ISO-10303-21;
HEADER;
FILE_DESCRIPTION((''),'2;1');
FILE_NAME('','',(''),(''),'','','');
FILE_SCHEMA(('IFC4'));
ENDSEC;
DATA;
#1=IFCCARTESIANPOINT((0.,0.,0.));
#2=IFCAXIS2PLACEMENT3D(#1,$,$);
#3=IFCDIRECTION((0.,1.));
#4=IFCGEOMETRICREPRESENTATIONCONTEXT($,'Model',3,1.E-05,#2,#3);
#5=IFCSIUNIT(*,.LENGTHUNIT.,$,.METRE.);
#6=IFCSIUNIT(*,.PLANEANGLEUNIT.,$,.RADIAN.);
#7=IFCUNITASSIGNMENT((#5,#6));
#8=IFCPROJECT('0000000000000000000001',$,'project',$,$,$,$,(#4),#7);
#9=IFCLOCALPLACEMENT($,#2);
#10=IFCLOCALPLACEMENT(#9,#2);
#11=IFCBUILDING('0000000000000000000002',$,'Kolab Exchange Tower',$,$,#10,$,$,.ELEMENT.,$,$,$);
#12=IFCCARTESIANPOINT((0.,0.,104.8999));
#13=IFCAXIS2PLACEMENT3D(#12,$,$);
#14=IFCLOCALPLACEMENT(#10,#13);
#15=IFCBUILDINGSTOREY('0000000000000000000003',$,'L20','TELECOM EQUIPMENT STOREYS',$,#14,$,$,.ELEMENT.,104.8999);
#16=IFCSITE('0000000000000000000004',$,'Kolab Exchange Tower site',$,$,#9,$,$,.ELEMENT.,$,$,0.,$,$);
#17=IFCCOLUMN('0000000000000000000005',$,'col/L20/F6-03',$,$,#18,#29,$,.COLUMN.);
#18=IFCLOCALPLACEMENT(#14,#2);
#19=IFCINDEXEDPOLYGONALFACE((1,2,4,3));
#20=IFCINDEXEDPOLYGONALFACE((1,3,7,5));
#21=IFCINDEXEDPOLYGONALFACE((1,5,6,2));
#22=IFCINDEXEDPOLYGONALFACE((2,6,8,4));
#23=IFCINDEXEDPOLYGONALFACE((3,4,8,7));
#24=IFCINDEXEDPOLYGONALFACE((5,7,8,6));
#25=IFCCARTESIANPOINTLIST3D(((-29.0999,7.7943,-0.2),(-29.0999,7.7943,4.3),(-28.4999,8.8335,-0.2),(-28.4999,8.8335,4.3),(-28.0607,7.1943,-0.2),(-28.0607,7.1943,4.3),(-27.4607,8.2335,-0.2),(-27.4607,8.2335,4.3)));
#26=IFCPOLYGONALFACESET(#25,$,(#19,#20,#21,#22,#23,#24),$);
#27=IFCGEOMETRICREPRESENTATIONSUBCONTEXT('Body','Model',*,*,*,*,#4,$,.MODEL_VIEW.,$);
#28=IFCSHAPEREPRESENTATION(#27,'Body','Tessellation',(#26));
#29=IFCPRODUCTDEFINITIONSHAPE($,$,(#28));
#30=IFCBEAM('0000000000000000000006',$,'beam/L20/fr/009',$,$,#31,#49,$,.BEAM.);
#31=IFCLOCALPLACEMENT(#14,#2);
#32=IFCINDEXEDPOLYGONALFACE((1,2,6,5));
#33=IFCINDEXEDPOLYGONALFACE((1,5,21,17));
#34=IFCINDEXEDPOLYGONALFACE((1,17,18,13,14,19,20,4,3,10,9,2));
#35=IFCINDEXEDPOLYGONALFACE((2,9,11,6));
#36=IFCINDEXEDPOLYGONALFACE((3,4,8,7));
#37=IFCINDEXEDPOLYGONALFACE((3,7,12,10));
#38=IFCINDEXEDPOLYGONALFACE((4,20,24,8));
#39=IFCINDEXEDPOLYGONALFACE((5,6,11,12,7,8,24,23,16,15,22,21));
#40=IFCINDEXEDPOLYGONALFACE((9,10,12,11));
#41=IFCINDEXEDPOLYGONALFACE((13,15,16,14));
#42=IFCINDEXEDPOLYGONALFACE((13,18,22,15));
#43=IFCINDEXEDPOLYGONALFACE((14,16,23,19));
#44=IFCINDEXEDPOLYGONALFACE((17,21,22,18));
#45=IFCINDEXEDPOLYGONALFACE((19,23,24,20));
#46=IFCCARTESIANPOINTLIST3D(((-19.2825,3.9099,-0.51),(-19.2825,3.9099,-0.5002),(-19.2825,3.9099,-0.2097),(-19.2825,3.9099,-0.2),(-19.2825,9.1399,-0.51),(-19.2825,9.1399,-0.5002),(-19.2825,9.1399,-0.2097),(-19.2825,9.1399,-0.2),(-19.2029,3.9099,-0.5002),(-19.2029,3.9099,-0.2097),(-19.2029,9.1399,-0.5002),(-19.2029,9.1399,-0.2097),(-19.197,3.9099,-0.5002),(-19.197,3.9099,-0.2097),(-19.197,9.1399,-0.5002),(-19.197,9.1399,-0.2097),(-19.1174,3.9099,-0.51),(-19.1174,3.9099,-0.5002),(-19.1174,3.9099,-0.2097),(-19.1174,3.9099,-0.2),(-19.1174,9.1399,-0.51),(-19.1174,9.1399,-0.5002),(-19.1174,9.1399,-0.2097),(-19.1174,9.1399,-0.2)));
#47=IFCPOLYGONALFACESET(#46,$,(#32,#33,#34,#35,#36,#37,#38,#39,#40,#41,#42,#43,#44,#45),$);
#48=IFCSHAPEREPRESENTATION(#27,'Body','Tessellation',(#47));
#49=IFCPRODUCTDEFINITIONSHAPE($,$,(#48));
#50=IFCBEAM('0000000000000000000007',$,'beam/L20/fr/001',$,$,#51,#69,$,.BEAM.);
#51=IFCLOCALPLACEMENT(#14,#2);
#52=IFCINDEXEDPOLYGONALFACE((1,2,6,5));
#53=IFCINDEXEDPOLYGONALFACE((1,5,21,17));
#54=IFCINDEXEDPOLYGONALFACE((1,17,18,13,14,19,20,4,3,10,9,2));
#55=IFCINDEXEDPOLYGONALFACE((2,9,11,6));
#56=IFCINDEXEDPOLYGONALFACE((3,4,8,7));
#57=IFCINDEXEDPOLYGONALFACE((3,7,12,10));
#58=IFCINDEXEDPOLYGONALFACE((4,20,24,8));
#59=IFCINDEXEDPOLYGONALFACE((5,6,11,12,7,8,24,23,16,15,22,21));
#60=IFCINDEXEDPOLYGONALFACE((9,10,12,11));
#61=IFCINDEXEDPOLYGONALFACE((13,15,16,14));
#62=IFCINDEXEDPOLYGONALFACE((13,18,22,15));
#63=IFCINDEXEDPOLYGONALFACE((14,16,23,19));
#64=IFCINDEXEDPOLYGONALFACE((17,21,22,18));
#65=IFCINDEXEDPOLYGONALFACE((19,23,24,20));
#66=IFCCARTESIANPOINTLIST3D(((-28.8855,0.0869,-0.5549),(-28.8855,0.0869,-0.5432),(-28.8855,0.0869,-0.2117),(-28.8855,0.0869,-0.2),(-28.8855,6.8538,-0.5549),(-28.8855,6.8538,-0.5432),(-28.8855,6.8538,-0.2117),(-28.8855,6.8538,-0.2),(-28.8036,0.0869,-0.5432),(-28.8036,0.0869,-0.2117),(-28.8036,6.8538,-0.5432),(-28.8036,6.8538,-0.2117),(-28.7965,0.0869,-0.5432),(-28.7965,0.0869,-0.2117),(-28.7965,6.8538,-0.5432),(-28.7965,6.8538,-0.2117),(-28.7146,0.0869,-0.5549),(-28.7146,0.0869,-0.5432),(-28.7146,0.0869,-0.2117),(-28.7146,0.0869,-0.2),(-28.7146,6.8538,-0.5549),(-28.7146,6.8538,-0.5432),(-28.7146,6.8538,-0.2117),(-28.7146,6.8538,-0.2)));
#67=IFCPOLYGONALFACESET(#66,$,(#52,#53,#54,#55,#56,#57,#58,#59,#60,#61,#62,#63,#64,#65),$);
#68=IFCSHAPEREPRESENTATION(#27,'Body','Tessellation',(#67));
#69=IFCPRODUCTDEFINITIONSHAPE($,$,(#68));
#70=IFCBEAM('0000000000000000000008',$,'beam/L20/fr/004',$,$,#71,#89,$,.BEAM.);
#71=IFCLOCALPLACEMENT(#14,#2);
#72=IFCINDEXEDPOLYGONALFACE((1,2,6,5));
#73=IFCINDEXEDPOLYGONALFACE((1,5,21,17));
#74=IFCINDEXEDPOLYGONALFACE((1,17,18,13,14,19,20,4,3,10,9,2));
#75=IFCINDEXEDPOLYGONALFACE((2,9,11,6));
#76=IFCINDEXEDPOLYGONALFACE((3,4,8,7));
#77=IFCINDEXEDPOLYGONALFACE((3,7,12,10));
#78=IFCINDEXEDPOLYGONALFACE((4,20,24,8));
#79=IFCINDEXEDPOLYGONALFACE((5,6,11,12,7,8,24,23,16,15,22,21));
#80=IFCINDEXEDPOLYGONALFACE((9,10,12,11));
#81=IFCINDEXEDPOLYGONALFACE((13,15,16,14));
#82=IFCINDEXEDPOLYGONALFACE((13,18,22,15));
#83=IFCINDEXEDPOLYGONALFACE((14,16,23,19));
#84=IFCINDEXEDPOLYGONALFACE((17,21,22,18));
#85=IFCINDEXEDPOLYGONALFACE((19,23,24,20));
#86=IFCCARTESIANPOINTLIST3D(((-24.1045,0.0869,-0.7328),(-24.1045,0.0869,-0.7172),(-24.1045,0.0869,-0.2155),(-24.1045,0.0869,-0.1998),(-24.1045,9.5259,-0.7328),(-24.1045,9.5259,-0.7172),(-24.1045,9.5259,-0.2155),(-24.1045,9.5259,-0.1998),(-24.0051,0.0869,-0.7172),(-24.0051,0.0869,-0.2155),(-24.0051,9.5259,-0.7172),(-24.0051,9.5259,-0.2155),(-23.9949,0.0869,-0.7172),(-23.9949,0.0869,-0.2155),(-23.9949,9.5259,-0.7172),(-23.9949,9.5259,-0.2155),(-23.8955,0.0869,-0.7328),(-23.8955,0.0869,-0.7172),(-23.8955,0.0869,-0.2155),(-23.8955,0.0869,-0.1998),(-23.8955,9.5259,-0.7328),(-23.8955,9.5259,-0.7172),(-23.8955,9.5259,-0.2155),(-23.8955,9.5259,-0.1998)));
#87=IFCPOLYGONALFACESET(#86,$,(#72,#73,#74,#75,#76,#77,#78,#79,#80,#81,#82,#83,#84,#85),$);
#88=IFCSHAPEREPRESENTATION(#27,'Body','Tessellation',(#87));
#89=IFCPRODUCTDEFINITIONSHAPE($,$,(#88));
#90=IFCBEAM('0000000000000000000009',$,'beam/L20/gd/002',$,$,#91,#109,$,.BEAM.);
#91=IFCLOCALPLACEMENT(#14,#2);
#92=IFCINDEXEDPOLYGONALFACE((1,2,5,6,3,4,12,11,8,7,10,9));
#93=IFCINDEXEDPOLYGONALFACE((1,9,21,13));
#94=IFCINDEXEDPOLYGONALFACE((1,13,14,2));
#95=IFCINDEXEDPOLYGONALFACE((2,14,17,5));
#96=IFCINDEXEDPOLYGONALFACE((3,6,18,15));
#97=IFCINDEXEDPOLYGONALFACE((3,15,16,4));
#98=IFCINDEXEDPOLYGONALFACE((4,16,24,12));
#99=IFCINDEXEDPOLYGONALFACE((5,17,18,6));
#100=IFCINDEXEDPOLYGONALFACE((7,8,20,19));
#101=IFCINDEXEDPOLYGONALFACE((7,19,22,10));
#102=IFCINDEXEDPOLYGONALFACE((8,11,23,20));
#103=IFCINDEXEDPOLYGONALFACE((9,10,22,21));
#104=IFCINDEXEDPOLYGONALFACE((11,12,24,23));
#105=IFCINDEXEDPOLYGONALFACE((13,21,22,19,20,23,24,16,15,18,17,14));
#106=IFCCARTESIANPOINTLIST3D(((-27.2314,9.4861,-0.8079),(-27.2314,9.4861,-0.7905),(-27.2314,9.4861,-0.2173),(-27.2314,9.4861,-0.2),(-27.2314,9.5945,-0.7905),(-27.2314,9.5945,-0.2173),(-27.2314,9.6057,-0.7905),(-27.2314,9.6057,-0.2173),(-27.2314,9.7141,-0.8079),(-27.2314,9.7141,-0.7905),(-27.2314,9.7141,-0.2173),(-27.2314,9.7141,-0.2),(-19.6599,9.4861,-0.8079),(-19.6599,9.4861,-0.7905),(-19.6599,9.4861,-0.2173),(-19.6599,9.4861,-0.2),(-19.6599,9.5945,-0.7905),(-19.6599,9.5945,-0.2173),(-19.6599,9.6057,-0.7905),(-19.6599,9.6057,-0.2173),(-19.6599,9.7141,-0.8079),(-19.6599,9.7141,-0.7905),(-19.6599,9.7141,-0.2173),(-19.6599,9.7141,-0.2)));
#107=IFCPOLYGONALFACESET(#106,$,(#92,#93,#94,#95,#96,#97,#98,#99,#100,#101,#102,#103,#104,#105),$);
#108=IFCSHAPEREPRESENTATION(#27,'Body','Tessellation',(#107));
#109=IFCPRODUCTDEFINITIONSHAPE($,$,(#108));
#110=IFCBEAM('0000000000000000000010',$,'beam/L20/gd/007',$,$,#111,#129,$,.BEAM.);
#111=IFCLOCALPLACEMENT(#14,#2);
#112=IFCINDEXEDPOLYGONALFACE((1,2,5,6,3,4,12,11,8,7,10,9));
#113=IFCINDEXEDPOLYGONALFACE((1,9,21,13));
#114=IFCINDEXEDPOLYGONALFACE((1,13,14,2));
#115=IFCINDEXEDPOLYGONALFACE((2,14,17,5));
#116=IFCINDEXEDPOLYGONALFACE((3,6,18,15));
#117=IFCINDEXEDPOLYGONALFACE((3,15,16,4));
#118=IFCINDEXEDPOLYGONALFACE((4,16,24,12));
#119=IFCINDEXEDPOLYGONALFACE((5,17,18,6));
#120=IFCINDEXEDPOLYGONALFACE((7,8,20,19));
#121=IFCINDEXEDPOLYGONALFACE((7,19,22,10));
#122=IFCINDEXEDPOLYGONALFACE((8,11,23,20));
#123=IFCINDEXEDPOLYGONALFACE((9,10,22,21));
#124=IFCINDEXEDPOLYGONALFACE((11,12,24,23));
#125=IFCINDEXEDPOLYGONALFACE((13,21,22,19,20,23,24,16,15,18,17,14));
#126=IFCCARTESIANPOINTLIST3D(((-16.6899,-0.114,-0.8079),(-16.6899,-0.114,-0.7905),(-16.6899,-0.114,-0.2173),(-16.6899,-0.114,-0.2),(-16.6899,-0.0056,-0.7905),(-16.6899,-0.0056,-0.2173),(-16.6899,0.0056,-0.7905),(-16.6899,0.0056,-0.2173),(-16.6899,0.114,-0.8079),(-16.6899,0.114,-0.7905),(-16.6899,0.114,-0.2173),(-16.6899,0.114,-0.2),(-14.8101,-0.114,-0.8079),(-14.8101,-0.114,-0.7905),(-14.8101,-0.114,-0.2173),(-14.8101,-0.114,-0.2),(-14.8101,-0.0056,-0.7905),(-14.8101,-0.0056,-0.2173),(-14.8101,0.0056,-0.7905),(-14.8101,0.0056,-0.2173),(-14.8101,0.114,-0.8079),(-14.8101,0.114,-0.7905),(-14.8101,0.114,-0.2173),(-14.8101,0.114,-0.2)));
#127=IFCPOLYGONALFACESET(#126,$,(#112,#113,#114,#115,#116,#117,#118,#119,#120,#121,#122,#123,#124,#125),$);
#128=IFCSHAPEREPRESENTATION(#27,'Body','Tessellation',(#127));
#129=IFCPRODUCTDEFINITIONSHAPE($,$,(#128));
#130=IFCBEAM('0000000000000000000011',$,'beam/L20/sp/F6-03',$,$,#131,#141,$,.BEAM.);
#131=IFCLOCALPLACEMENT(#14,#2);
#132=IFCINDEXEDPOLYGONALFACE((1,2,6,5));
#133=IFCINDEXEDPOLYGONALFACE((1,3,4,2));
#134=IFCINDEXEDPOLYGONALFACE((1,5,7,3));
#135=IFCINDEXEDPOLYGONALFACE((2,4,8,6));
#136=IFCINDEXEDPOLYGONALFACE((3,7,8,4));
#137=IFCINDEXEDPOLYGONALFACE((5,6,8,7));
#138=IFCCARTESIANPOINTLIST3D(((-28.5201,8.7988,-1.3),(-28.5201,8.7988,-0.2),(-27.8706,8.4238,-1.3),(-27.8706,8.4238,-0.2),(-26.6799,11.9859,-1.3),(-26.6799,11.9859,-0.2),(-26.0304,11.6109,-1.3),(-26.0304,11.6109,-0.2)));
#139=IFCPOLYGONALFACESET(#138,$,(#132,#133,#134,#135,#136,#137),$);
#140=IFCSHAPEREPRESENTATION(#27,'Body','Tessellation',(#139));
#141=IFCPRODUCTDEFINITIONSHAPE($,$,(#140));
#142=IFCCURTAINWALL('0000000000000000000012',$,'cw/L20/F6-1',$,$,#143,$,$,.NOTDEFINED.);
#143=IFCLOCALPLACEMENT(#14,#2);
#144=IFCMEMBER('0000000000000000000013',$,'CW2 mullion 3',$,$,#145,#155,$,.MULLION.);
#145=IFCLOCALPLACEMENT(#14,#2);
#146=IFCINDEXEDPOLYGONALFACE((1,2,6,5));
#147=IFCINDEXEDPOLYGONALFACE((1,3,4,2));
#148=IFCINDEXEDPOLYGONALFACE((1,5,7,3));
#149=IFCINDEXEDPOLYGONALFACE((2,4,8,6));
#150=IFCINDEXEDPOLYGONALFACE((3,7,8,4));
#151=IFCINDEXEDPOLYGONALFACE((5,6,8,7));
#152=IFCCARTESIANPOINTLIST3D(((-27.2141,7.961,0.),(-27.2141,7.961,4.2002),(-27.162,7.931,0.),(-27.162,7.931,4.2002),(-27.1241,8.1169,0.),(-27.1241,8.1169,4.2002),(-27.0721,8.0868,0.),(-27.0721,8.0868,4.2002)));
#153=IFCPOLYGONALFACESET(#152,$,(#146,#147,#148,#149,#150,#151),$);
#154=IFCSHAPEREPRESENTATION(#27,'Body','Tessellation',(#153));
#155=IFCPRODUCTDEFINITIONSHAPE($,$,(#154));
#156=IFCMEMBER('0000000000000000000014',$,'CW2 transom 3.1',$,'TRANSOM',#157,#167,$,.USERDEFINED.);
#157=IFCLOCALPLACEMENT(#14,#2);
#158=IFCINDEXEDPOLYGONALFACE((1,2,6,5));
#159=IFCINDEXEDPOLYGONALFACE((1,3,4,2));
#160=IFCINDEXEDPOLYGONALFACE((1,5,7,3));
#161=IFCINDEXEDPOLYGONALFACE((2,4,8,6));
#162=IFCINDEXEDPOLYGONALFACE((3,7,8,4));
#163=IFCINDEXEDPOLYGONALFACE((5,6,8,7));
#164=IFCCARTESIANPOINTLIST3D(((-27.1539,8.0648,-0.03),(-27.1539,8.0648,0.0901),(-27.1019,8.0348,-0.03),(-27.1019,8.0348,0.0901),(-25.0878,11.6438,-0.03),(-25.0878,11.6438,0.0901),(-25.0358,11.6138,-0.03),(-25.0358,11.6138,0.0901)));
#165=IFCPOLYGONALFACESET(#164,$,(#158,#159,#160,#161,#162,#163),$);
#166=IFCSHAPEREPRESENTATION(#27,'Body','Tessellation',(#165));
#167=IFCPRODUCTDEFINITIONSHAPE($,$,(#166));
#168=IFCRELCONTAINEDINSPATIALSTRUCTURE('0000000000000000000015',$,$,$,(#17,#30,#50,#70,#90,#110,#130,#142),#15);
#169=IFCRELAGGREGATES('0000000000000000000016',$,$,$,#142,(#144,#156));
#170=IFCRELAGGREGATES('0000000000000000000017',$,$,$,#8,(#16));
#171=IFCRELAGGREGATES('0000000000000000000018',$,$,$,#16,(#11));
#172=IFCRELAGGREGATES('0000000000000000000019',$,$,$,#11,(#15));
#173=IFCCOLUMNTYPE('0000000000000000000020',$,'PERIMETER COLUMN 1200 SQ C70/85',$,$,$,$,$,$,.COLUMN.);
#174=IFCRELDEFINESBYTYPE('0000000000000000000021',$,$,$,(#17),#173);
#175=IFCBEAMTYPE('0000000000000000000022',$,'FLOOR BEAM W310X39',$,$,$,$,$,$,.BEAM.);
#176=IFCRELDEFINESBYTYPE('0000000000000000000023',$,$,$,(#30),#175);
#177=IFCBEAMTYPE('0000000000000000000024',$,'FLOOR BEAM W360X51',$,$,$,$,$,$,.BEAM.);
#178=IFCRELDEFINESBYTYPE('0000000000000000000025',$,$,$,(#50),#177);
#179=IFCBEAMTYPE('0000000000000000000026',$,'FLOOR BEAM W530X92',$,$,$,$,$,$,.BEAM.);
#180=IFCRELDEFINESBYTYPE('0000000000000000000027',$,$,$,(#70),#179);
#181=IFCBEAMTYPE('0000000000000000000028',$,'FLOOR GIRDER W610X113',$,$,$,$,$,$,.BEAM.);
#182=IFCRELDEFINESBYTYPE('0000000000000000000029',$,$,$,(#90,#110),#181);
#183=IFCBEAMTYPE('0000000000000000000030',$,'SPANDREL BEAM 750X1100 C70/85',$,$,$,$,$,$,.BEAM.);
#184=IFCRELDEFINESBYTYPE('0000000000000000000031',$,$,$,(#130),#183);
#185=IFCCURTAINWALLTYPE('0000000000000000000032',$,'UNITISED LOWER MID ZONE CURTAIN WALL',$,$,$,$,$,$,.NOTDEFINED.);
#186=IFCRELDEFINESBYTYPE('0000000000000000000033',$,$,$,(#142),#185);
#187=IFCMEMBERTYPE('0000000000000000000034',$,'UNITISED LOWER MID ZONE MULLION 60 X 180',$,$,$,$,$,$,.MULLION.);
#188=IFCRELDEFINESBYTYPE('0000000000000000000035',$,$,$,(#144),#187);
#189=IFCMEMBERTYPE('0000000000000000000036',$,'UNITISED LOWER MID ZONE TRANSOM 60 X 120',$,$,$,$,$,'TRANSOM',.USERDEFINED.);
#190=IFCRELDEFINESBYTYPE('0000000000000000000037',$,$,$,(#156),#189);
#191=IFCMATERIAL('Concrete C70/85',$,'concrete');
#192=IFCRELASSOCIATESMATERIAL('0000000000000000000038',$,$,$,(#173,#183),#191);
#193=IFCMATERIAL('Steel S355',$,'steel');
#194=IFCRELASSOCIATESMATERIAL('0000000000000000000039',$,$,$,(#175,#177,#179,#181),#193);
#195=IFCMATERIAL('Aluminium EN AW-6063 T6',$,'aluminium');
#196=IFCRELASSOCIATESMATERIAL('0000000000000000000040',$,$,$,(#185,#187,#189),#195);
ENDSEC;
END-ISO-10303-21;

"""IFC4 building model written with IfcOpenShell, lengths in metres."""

from ifc_helpers import new_model, si_unit, direction, frame, origin, origin_2d, place, context, subcontext, project, spatial, rectangle, i_section, extrude, material, material_profile, profile_set, type_object, element, aggregate, save


model = new_model("IFC4")

# Units and contexts
model_context = context("Model", 3, precision=1e-05, world=origin(), true_north=direction((0.0, 1.0)))
body_context = subcontext(model_context, "Body", "Model", "MODEL_VIEW")
ifc_project = project(units=[si_unit("LENGTHUNIT", "METRE"), si_unit("PLANEANGLEUNIT", "RADIAN")], contexts=[model_context])

# Site, building, storey
site_placement = place(None, origin())
site = spatial("IfcSite", under=ifc_project, at=site_placement, Name="Kolab Exchange Tower site", CompositionType="ELEMENT", RefElevation=0.0)
building_placement = place(site_placement, origin())
building = spatial("IfcBuilding", under=site, at=building_placement, Name="Kolab Exchange Tower", CompositionType="ELEMENT")
storey_placement = place(building_placement, frame((0.0, 0.0, 104.8999)))
storey = spatial("IfcBuildingStorey", under=building, at=storey_placement, Name="L20", Description="TELECOM EQUIPMENT STOREYS", CompositionType="ELEMENT", Elevation=104.8999)

# Column
ifc_material_1 = material(Name="Concrete C70/85", Category="concrete")
ifc_material_profile_1 = material_profile(ifc_material_1, rectangle(XDim=1.2, YDim=1.2, at=origin_2d()), Name="RC1200")
ifc_profile_set_1 = profile_set([ifc_material_profile_1], Name="Concrete C70/85")
column_type = type_object("IfcColumnType", Name="PERIMETER COLUMN 1200 SQ C70/85", PredefinedType="COLUMN", material=ifc_profile_set_1)
column_placement = place(storey_placement, frame((-28.2803, 8.0139, -0.2), z_axis=(0.0, 0.0, 1.0), x_axis=(0.5, 0.866025, 0.0)))
element("IfcColumn", 1, at=column_placement, inside=storey, type_object=column_type, Name="col/L20/F6-03", PredefinedType="COLUMN", context=body_context, shape_type="SweptSolid", body=[
    extrude(rectangle(XDim=1.2, YDim=1.2, at=origin_2d()), origin(), (0.0, 0.0, 1.0), 4.5),
])

# Beams
ifc_material_2 = material(Name="Steel S355", Category="steel")
ifc_material_profile_2 = material_profile(ifc_material_2, i_section(OverallWidth=0.165, OverallDepth=0.3101, WebThickness=0.0059, FlangeThickness=0.0098, at=origin_2d()), Name="W310X39")
ifc_profile_set_2 = profile_set([ifc_material_profile_2], Name="Steel S355")
beam_type_1 = type_object("IfcBeamType", Name="FLOOR BEAM W310X39", PredefinedType="BEAM", material=ifc_profile_set_2)
beam_1_placement = place(storey_placement, frame((-19.2, 3.9099, -0.355), z_axis=(0.0, 1.0, 0.0), x_axis=(-1.0, 0.0, 0.0)))
element("IfcBeam", 2, at=beam_1_placement, inside=storey, type_object=beam_type_1, Name="beam/L20/fr/009", PredefinedType="BEAM", context=body_context, shape_type="SweptSolid", body=[
    extrude(i_section(OverallWidth=0.165, OverallDepth=0.3101, WebThickness=0.0059, FlangeThickness=0.0098, at=origin_2d()), origin(), (0.0, 0.0, 1.0), 5.23),
])
ifc_material_profile_3 = material_profile(ifc_material_2, i_section(OverallWidth=0.1709, OverallDepth=0.355, WebThickness=0.0071, FlangeThickness=0.0117, at=origin_2d()), Name="W360X51")
ifc_profile_set_3 = profile_set([ifc_material_profile_3], Name="Steel S355")
beam_type_2 = type_object("IfcBeamType", Name="FLOOR BEAM W360X51", PredefinedType="BEAM", material=ifc_profile_set_3)
beam_2_placement = place(storey_placement, frame((-28.8, 0.0869, -0.3774), z_axis=(0.0, 1.0, 0.0), x_axis=(-1.0, 0.0, 0.0)))
element("IfcBeam", 3, at=beam_2_placement, inside=storey, type_object=beam_type_2, Name="beam/L20/fr/001", PredefinedType="BEAM", context=body_context, shape_type="SweptSolid", body=[
    extrude(i_section(OverallWidth=0.1709, OverallDepth=0.355, WebThickness=0.0071, FlangeThickness=0.0117, at=origin_2d()), origin(), (0.0, 0.0, 1.0), 6.7668),
])
ifc_material_profile_4 = material_profile(ifc_material_2, i_section(OverallWidth=0.209, OverallDepth=0.533, WebThickness=0.0103, FlangeThickness=0.0156, at=origin_2d()), Name="W530X92")
ifc_profile_set_4 = profile_set([ifc_material_profile_4], Name="Steel S355")
beam_type_3 = type_object("IfcBeamType", Name="FLOOR BEAM W530X92", PredefinedType="BEAM", material=ifc_profile_set_4)
beam_3_placement = place(storey_placement, frame((-24.0, 0.0869, -0.4663), z_axis=(0.0, 1.0, 0.0), x_axis=(-1.0, 0.0, 0.0)))
element("IfcBeam", 4, at=beam_3_placement, inside=storey, type_object=beam_type_3, Name="beam/L20/fr/004", PredefinedType="BEAM", context=body_context, shape_type="SweptSolid", body=[
    extrude(i_section(OverallWidth=0.209, OverallDepth=0.533, WebThickness=0.0103, FlangeThickness=0.0156, at=origin_2d()), origin(), (0.0, 0.0, 1.0), 9.439),
])
ifc_material_profile_5 = material_profile(ifc_material_2, i_section(OverallWidth=0.228, OverallDepth=0.6079, WebThickness=0.0112, FlangeThickness=0.0173, at=origin_2d()), Name="W610X113")
ifc_profile_set_5 = profile_set([ifc_material_profile_5], Name="Steel S355")
beam_type_4 = type_object("IfcBeamType", Name="FLOOR GIRDER W610X113", PredefinedType="BEAM", material=ifc_profile_set_5)
beam_4_placement = place(storey_placement, frame((-27.2314, 9.6001, -0.5039), z_axis=(1.0, 0.0, 0.0), x_axis=(0.0, 1.0, 0.0)))
element("IfcBeam", 5, at=beam_4_placement, inside=storey, type_object=beam_type_4, Name="beam/L20/gd/002", PredefinedType="BEAM", context=body_context, shape_type="SweptSolid", body=[
    extrude(i_section(OverallWidth=0.228, OverallDepth=0.6079, WebThickness=0.0112, FlangeThickness=0.0173, at=origin_2d()), origin(), (0.0, 0.0, 1.0), 7.5715),
])
beam_5_placement = place(storey_placement, frame((-16.6899, 0.0, -0.5039), z_axis=(1.0, 0.0, 0.0), x_axis=(0.0, 1.0, 0.0)))
element("IfcBeam", 6, at=beam_5_placement, inside=storey, type_object=beam_type_4, Name="beam/L20/gd/007", PredefinedType="BEAM", context=body_context, shape_type="SweptSolid", body=[
    extrude(i_section(OverallWidth=0.228, OverallDepth=0.6079, WebThickness=0.0112, FlangeThickness=0.0173, at=origin_2d()), origin(), (0.0, 0.0, 1.0), 1.8799),
])
ifc_material_profile_6 = material_profile(ifc_material_1, rectangle(XDim=0.75, YDim=1.1001, at=origin_2d()), Name="RC750X1100")
ifc_profile_set_6 = profile_set([ifc_material_profile_6], Name="Concrete C70/85")
beam_type_5 = type_object("IfcBeamType", Name="SPANDREL BEAM 750X1100 C70/85", PredefinedType="BEAM", material=ifc_profile_set_6)
beam_6_placement = place(storey_placement, frame((-28.1953, 8.6113, -0.75), z_axis=(0.500013, 0.866018, 0.0), x_axis=(-0.866018, 0.500013, 0.0)))
element("IfcBeam", 7, at=beam_6_placement, inside=storey, type_object=beam_type_5, Name="beam/L20/sp/F6-03", PredefinedType="BEAM", context=body_context, shape_type="SweptSolid", body=[
    extrude(rectangle(XDim=0.75, YDim=1.1001, at=origin_2d()), origin(), (0.0, 0.0, 1.0), 3.6802),
])

# Curtain wall, members
ifc_material_3 = material(Name="Aluminium EN AW-6063 T6", Category="aluminium")
curtain_wall_type = type_object("IfcCurtainWallType", Name="UNITISED LOWER MID ZONE CURTAIN WALL", PredefinedType="NOTDEFINED", material=ifc_material_3)
curtain_wall_placement = place(storey_placement, origin())
curtain_wall = element("IfcCurtainWall", 8, at=curtain_wall_placement, inside=storey, type_object=curtain_wall_type, Name="cw/L20/F6-1", PredefinedType="NOTDEFINED")
ifc_material_profile_7 = material_profile(ifc_material_3, rectangle(XDim=0.0601, YDim=0.1799, at=origin_2d()), Name="RECT 60X180")
ifc_profile_set_7 = profile_set([ifc_material_profile_7], Name="Aluminium EN AW-6063 T6")
member_type_1 = type_object("IfcMemberType", Name="UNITISED LOWER MID ZONE MULLION 60 X 180", PredefinedType="MULLION", material=ifc_profile_set_7)
member_1_placement = place(storey_placement, frame((-27.1431, 8.0239, 0.0), z_axis=(0.0, 0.0, 1.0), x_axis=(-0.866025, 0.5, 0.0)))
member_1 = element("IfcMember", 9, at=member_1_placement, type_object=member_type_1, Name="CW2 mullion 3", PredefinedType="MULLION", context=body_context, shape_type="SweptSolid", body=[
    extrude(rectangle(XDim=0.0601, YDim=0.1799, at=origin_2d()), origin(), (0.0, 0.0, 1.0), 4.2002),
])
ifc_material_profile_8 = material_profile(ifc_material_3, rectangle(XDim=0.0601, YDim=0.1201, at=origin_2d()), Name="RECT 60X120")
ifc_profile_set_8 = profile_set([ifc_material_profile_8], Name="Aluminium EN AW-6063 T6")
member_type_2 = type_object("IfcMemberType", Name="UNITISED LOWER MID ZONE TRANSOM 60 X 120", ElementType="TRANSOM", PredefinedType="USERDEFINED", material=ifc_profile_set_8)
member_2_placement = place(storey_placement, frame((-27.1279, 8.0498, 0.03), z_axis=(0.499958, 0.86605, 0.0), x_axis=(-0.86605, 0.499958, 0.0)))
member_2 = element("IfcMember", 10, at=member_2_placement, type_object=member_type_2, Name="CW2 transom 3.1", ObjectType="TRANSOM", PredefinedType="USERDEFINED", context=body_context, shape_type="SweptSolid", body=[
    extrude(rectangle(XDim=0.0601, YDim=0.1201, at=origin_2d()), origin(), (0.0, 0.0, 1.0), 4.1326),
])
aggregate(curtain_wall, [member_1, member_2])

save(model, "model.ifc")
